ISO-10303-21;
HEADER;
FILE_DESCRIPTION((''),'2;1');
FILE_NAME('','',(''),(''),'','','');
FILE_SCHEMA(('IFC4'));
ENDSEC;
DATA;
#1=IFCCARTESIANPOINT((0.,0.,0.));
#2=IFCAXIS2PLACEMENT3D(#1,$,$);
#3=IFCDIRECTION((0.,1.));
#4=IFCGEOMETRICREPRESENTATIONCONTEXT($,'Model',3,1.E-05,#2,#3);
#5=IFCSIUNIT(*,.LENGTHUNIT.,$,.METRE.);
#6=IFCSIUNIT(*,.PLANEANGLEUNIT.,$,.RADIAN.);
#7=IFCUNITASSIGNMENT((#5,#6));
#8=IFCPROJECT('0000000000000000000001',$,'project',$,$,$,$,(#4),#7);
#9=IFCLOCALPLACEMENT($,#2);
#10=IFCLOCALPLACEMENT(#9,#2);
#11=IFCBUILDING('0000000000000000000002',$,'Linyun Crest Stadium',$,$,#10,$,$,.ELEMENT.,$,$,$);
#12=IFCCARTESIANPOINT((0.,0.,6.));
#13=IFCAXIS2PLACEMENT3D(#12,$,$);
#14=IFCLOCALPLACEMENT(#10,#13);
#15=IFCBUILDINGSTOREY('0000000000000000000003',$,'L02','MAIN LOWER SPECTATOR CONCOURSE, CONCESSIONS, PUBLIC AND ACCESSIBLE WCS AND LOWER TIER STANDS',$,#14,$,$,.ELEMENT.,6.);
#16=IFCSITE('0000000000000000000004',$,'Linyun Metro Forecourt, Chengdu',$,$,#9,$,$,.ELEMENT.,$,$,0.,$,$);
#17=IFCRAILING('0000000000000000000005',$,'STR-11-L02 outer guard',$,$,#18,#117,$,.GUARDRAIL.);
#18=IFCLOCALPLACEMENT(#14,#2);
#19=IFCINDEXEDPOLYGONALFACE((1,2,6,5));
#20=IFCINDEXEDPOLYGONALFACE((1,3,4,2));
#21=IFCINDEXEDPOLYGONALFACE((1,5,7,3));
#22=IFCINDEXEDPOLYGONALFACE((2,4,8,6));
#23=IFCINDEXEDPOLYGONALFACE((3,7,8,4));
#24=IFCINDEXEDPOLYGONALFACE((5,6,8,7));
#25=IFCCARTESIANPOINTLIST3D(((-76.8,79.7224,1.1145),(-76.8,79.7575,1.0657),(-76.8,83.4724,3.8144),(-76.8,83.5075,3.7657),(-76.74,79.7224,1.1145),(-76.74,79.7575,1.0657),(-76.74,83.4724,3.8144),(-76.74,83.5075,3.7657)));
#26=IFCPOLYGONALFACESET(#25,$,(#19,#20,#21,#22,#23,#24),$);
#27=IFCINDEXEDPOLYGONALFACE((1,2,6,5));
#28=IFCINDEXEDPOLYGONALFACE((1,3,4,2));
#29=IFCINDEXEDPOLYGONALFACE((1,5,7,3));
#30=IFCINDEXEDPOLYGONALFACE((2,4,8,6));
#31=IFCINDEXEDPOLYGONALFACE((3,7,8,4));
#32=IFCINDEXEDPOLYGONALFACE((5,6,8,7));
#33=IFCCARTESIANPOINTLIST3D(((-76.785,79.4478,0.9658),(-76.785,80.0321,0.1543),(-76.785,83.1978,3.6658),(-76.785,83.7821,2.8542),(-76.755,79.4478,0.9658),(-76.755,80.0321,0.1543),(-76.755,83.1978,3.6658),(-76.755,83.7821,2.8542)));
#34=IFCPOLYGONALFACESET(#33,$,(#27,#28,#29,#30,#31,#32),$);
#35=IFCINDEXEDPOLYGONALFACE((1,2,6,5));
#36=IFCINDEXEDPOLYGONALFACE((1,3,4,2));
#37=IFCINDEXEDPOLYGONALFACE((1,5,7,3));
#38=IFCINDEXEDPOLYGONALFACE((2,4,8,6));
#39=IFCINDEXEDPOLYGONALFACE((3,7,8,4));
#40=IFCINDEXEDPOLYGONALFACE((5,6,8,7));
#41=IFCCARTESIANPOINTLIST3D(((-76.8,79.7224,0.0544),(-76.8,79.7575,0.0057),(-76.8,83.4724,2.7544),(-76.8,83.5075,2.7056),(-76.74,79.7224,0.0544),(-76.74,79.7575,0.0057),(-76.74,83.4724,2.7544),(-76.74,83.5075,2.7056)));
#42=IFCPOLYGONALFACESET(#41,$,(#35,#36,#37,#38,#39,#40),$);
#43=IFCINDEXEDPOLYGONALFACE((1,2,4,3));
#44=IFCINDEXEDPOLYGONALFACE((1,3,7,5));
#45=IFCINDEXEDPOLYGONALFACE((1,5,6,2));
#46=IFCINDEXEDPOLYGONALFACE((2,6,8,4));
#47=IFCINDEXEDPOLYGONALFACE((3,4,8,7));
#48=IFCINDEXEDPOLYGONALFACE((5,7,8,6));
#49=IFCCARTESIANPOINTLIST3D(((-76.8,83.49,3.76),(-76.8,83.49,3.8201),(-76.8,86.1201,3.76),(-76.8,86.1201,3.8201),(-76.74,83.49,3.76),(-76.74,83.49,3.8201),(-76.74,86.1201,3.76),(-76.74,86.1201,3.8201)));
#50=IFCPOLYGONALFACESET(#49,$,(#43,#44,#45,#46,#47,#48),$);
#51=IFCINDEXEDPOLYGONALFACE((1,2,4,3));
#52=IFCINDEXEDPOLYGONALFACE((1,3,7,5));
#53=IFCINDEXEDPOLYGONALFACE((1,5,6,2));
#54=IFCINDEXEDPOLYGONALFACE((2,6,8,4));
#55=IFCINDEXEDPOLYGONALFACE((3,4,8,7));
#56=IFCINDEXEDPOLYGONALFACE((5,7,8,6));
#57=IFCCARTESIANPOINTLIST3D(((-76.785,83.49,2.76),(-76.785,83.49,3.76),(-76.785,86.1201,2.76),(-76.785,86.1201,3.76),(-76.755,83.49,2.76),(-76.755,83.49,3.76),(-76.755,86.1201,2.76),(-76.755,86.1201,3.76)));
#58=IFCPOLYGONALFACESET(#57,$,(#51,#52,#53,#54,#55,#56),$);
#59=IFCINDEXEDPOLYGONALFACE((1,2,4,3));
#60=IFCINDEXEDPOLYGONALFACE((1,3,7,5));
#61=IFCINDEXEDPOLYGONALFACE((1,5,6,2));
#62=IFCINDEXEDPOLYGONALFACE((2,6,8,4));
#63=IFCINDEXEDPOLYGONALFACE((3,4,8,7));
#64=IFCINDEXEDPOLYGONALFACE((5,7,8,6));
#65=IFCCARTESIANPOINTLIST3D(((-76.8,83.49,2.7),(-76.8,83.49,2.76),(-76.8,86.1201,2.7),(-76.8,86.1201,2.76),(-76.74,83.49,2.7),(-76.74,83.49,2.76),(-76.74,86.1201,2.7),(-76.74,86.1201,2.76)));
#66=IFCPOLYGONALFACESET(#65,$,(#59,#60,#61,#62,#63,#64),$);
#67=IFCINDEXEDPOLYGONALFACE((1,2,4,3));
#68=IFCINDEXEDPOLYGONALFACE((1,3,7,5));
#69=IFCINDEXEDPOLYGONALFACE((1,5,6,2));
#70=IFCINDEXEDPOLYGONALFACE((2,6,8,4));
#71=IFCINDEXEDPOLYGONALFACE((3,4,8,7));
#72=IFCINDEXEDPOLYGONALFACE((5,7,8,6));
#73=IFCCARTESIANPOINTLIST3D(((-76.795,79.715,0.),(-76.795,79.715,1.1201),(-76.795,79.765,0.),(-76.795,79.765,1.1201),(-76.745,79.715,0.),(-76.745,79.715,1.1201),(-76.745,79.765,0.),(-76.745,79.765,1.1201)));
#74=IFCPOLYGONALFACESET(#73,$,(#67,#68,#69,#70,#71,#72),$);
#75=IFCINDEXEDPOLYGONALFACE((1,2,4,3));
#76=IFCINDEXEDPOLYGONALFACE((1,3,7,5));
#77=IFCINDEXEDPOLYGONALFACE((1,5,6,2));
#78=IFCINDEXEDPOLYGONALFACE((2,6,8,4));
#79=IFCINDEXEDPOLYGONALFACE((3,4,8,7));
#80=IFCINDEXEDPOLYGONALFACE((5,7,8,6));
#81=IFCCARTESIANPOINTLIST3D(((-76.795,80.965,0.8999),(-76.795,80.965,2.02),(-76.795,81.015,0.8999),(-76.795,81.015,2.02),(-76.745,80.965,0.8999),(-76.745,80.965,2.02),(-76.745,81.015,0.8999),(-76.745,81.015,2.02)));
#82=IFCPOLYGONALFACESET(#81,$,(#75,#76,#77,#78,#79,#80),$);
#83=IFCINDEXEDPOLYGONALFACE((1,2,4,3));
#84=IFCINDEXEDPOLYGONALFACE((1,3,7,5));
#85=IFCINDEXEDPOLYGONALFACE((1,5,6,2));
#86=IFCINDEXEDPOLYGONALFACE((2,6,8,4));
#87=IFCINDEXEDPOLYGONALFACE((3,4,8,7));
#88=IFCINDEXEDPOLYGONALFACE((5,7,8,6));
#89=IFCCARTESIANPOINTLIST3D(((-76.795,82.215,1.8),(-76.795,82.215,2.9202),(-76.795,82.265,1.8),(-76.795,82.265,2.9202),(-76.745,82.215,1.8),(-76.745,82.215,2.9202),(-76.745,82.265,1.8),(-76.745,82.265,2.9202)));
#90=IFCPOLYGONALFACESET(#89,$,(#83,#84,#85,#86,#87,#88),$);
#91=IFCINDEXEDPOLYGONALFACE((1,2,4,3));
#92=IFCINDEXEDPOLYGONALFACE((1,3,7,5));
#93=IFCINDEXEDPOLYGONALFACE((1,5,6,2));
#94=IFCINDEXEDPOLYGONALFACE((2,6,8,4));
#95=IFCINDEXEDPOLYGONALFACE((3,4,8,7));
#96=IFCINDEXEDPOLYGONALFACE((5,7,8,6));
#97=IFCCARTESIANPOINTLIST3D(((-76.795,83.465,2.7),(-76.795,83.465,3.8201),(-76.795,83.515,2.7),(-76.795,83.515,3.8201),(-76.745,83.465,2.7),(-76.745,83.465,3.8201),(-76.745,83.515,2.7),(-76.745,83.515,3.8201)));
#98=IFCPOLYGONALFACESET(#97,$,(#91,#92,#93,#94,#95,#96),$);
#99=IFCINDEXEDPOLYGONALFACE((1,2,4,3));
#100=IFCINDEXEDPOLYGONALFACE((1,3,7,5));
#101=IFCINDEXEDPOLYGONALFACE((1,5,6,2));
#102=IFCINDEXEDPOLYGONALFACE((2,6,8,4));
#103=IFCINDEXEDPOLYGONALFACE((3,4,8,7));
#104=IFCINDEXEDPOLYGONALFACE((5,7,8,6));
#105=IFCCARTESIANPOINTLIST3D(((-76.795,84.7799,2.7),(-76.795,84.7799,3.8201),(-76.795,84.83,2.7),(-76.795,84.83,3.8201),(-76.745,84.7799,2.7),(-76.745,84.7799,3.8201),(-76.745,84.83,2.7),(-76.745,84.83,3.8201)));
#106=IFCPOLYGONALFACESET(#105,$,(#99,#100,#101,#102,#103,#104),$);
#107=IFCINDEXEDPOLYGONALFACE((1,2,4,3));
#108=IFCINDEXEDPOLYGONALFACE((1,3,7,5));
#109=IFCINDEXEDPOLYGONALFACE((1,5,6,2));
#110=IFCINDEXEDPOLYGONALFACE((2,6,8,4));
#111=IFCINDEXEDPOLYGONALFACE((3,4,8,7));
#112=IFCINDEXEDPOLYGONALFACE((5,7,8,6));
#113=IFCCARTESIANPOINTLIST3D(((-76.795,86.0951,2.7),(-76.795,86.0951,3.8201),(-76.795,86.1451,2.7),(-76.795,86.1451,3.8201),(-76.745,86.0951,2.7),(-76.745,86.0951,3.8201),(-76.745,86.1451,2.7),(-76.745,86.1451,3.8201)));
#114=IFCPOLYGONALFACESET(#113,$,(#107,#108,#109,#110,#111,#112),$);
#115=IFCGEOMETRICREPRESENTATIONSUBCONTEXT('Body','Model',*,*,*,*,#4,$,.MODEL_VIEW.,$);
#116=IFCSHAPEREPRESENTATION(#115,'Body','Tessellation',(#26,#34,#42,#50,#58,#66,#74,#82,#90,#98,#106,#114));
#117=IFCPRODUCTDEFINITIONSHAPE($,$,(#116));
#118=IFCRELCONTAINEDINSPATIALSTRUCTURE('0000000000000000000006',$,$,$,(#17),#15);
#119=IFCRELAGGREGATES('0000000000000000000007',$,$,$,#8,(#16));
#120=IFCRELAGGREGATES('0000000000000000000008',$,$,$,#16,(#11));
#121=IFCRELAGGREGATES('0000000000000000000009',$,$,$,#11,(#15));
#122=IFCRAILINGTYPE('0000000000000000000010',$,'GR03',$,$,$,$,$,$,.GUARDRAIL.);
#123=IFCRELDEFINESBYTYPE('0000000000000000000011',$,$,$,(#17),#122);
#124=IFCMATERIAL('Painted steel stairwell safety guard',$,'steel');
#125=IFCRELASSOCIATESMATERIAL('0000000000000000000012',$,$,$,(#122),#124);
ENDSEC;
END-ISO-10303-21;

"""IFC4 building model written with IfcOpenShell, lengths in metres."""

from ifc_helpers import new_model, si_unit, direction, frame, origin, origin_2d, place, context, subcontext, project, spatial, rectangle, extrude, material, type_object, element, save


model = new_model("IFC4")

# Units and contexts
model_context = context("Model", 3, precision=1e-05, world=origin(), true_north=direction((0.0, 1.0)))
body_context = subcontext(model_context, "Body", "Model", "MODEL_VIEW")
ifc_project = project(units=[si_unit("LENGTHUNIT", "METRE"), si_unit("PLANEANGLEUNIT", "RADIAN")], contexts=[model_context])

# Site, building, storey
site_placement = place(None, origin())
site = spatial("IfcSite", under=ifc_project, at=site_placement, Name="Linyun Metro Forecourt, Chengdu", CompositionType="ELEMENT", RefElevation=0.0)
building_placement = place(site_placement, origin())
building = spatial("IfcBuilding", under=site, at=building_placement, Name="Linyun Crest Stadium", CompositionType="ELEMENT")
storey_placement = place(building_placement, frame((0.0, 0.0, 6.0)))
storey = spatial("IfcBuildingStorey", under=building, at=storey_placement, Name="L02", Description="MAIN LOWER SPECTATOR CONCOURSE, CONCESSIONS, PUBLIC AND ACCESSIBLE WCS AND LOWER TIER STANDS", CompositionType="ELEMENT", Elevation=6.0)

# Railing
ifc_material_1 = material(Name="Painted steel stairwell safety guard", Category="steel")
railing_type_1 = type_object("IfcRailingType", Name="GR03", PredefinedType="GUARDRAIL", material=ifc_material_1)
railing_1_placement = place(storey_placement, frame((-76.77, 79.74, 0.0)))
element("IfcRailing", 1, at=railing_1_placement, inside=storey, type_object=railing_type_1, Name="STR-11-L02 outer guard", PredefinedType="GUARDRAIL", context=body_context, shape_type="SweptSolid", body=[
    extrude(rectangle(XDim=0.0601, YDim=0.0601, at=origin_2d()), frame((0.0, 0.0, 1.0901), z_axis=(0.0, 0.811539, 0.584298), x_axis=(-1.0, 0.0, 0.0)), (0.0, 0.0, 1.0), 4.6208),
    extrude(rectangle(XDim=0.03, YDim=1.0, at=origin_2d()), frame((0.0, 0.0, 0.5601), z_axis=(0.0, 0.811539, 0.584298), x_axis=(-1.0, 0.0, 0.0)), (0.0, 0.0, 1.0), 4.6208),
    extrude(rectangle(XDim=0.0601, YDim=0.0601, at=origin_2d()), frame((0.0, 0.0, 0.03), z_axis=(0.0, 0.811539, 0.584298), x_axis=(-1.0, 0.0, 0.0)), (0.0, 0.0, 1.0), 4.6208),
    extrude(rectangle(XDim=0.0601, YDim=0.0601, at=origin_2d()), frame((0.0, 3.75, 3.79), z_axis=(0.0, 1.0, 0.0), x_axis=(-1.0, 0.0, 0.0)), (0.0, 0.0, 1.0), 2.6301),
    extrude(rectangle(XDim=0.03, YDim=1.0, at=origin_2d()), frame((0.0, 3.75, 3.26), z_axis=(0.0, 1.0, 0.0), x_axis=(-1.0, 0.0, 0.0)), (0.0, 0.0, 1.0), 2.6301),
    extrude(rectangle(XDim=0.0601, YDim=0.0601, at=origin_2d()), frame((0.0, 3.75, 2.73), z_axis=(0.0, 1.0, 0.0), x_axis=(-1.0, 0.0, 0.0)), (0.0, 0.0, 1.0), 2.6301),
    extrude(rectangle(XDim=0.05, YDim=0.05, at=origin_2d()), origin(), (0.0, 0.0, 1.0), 1.1201),
    extrude(rectangle(XDim=0.05, YDim=0.05, at=origin_2d()), frame((0.0, 1.25, 0.8999)), (0.0, 0.0, 1.0), 1.1201),
    extrude(rectangle(XDim=0.05, YDim=0.05, at=origin_2d()), frame((0.0, 2.5, 1.8)), (0.0, 0.0, 1.0), 1.1201),
    extrude(rectangle(XDim=0.05, YDim=0.05, at=origin_2d()), frame((0.0, 3.75, 2.7)), (0.0, 0.0, 1.0), 1.1201),
    extrude(rectangle(XDim=0.05, YDim=0.05, at=origin_2d()), frame((0.0, 5.0649, 2.7)), (0.0, 0.0, 1.0), 1.1201),
    extrude(rectangle(XDim=0.05, YDim=0.05, at=origin_2d()), frame((0.0, 6.3801, 2.7)), (0.0, 0.0, 1.0), 1.1201),
])

save(model, "model.ifc")
